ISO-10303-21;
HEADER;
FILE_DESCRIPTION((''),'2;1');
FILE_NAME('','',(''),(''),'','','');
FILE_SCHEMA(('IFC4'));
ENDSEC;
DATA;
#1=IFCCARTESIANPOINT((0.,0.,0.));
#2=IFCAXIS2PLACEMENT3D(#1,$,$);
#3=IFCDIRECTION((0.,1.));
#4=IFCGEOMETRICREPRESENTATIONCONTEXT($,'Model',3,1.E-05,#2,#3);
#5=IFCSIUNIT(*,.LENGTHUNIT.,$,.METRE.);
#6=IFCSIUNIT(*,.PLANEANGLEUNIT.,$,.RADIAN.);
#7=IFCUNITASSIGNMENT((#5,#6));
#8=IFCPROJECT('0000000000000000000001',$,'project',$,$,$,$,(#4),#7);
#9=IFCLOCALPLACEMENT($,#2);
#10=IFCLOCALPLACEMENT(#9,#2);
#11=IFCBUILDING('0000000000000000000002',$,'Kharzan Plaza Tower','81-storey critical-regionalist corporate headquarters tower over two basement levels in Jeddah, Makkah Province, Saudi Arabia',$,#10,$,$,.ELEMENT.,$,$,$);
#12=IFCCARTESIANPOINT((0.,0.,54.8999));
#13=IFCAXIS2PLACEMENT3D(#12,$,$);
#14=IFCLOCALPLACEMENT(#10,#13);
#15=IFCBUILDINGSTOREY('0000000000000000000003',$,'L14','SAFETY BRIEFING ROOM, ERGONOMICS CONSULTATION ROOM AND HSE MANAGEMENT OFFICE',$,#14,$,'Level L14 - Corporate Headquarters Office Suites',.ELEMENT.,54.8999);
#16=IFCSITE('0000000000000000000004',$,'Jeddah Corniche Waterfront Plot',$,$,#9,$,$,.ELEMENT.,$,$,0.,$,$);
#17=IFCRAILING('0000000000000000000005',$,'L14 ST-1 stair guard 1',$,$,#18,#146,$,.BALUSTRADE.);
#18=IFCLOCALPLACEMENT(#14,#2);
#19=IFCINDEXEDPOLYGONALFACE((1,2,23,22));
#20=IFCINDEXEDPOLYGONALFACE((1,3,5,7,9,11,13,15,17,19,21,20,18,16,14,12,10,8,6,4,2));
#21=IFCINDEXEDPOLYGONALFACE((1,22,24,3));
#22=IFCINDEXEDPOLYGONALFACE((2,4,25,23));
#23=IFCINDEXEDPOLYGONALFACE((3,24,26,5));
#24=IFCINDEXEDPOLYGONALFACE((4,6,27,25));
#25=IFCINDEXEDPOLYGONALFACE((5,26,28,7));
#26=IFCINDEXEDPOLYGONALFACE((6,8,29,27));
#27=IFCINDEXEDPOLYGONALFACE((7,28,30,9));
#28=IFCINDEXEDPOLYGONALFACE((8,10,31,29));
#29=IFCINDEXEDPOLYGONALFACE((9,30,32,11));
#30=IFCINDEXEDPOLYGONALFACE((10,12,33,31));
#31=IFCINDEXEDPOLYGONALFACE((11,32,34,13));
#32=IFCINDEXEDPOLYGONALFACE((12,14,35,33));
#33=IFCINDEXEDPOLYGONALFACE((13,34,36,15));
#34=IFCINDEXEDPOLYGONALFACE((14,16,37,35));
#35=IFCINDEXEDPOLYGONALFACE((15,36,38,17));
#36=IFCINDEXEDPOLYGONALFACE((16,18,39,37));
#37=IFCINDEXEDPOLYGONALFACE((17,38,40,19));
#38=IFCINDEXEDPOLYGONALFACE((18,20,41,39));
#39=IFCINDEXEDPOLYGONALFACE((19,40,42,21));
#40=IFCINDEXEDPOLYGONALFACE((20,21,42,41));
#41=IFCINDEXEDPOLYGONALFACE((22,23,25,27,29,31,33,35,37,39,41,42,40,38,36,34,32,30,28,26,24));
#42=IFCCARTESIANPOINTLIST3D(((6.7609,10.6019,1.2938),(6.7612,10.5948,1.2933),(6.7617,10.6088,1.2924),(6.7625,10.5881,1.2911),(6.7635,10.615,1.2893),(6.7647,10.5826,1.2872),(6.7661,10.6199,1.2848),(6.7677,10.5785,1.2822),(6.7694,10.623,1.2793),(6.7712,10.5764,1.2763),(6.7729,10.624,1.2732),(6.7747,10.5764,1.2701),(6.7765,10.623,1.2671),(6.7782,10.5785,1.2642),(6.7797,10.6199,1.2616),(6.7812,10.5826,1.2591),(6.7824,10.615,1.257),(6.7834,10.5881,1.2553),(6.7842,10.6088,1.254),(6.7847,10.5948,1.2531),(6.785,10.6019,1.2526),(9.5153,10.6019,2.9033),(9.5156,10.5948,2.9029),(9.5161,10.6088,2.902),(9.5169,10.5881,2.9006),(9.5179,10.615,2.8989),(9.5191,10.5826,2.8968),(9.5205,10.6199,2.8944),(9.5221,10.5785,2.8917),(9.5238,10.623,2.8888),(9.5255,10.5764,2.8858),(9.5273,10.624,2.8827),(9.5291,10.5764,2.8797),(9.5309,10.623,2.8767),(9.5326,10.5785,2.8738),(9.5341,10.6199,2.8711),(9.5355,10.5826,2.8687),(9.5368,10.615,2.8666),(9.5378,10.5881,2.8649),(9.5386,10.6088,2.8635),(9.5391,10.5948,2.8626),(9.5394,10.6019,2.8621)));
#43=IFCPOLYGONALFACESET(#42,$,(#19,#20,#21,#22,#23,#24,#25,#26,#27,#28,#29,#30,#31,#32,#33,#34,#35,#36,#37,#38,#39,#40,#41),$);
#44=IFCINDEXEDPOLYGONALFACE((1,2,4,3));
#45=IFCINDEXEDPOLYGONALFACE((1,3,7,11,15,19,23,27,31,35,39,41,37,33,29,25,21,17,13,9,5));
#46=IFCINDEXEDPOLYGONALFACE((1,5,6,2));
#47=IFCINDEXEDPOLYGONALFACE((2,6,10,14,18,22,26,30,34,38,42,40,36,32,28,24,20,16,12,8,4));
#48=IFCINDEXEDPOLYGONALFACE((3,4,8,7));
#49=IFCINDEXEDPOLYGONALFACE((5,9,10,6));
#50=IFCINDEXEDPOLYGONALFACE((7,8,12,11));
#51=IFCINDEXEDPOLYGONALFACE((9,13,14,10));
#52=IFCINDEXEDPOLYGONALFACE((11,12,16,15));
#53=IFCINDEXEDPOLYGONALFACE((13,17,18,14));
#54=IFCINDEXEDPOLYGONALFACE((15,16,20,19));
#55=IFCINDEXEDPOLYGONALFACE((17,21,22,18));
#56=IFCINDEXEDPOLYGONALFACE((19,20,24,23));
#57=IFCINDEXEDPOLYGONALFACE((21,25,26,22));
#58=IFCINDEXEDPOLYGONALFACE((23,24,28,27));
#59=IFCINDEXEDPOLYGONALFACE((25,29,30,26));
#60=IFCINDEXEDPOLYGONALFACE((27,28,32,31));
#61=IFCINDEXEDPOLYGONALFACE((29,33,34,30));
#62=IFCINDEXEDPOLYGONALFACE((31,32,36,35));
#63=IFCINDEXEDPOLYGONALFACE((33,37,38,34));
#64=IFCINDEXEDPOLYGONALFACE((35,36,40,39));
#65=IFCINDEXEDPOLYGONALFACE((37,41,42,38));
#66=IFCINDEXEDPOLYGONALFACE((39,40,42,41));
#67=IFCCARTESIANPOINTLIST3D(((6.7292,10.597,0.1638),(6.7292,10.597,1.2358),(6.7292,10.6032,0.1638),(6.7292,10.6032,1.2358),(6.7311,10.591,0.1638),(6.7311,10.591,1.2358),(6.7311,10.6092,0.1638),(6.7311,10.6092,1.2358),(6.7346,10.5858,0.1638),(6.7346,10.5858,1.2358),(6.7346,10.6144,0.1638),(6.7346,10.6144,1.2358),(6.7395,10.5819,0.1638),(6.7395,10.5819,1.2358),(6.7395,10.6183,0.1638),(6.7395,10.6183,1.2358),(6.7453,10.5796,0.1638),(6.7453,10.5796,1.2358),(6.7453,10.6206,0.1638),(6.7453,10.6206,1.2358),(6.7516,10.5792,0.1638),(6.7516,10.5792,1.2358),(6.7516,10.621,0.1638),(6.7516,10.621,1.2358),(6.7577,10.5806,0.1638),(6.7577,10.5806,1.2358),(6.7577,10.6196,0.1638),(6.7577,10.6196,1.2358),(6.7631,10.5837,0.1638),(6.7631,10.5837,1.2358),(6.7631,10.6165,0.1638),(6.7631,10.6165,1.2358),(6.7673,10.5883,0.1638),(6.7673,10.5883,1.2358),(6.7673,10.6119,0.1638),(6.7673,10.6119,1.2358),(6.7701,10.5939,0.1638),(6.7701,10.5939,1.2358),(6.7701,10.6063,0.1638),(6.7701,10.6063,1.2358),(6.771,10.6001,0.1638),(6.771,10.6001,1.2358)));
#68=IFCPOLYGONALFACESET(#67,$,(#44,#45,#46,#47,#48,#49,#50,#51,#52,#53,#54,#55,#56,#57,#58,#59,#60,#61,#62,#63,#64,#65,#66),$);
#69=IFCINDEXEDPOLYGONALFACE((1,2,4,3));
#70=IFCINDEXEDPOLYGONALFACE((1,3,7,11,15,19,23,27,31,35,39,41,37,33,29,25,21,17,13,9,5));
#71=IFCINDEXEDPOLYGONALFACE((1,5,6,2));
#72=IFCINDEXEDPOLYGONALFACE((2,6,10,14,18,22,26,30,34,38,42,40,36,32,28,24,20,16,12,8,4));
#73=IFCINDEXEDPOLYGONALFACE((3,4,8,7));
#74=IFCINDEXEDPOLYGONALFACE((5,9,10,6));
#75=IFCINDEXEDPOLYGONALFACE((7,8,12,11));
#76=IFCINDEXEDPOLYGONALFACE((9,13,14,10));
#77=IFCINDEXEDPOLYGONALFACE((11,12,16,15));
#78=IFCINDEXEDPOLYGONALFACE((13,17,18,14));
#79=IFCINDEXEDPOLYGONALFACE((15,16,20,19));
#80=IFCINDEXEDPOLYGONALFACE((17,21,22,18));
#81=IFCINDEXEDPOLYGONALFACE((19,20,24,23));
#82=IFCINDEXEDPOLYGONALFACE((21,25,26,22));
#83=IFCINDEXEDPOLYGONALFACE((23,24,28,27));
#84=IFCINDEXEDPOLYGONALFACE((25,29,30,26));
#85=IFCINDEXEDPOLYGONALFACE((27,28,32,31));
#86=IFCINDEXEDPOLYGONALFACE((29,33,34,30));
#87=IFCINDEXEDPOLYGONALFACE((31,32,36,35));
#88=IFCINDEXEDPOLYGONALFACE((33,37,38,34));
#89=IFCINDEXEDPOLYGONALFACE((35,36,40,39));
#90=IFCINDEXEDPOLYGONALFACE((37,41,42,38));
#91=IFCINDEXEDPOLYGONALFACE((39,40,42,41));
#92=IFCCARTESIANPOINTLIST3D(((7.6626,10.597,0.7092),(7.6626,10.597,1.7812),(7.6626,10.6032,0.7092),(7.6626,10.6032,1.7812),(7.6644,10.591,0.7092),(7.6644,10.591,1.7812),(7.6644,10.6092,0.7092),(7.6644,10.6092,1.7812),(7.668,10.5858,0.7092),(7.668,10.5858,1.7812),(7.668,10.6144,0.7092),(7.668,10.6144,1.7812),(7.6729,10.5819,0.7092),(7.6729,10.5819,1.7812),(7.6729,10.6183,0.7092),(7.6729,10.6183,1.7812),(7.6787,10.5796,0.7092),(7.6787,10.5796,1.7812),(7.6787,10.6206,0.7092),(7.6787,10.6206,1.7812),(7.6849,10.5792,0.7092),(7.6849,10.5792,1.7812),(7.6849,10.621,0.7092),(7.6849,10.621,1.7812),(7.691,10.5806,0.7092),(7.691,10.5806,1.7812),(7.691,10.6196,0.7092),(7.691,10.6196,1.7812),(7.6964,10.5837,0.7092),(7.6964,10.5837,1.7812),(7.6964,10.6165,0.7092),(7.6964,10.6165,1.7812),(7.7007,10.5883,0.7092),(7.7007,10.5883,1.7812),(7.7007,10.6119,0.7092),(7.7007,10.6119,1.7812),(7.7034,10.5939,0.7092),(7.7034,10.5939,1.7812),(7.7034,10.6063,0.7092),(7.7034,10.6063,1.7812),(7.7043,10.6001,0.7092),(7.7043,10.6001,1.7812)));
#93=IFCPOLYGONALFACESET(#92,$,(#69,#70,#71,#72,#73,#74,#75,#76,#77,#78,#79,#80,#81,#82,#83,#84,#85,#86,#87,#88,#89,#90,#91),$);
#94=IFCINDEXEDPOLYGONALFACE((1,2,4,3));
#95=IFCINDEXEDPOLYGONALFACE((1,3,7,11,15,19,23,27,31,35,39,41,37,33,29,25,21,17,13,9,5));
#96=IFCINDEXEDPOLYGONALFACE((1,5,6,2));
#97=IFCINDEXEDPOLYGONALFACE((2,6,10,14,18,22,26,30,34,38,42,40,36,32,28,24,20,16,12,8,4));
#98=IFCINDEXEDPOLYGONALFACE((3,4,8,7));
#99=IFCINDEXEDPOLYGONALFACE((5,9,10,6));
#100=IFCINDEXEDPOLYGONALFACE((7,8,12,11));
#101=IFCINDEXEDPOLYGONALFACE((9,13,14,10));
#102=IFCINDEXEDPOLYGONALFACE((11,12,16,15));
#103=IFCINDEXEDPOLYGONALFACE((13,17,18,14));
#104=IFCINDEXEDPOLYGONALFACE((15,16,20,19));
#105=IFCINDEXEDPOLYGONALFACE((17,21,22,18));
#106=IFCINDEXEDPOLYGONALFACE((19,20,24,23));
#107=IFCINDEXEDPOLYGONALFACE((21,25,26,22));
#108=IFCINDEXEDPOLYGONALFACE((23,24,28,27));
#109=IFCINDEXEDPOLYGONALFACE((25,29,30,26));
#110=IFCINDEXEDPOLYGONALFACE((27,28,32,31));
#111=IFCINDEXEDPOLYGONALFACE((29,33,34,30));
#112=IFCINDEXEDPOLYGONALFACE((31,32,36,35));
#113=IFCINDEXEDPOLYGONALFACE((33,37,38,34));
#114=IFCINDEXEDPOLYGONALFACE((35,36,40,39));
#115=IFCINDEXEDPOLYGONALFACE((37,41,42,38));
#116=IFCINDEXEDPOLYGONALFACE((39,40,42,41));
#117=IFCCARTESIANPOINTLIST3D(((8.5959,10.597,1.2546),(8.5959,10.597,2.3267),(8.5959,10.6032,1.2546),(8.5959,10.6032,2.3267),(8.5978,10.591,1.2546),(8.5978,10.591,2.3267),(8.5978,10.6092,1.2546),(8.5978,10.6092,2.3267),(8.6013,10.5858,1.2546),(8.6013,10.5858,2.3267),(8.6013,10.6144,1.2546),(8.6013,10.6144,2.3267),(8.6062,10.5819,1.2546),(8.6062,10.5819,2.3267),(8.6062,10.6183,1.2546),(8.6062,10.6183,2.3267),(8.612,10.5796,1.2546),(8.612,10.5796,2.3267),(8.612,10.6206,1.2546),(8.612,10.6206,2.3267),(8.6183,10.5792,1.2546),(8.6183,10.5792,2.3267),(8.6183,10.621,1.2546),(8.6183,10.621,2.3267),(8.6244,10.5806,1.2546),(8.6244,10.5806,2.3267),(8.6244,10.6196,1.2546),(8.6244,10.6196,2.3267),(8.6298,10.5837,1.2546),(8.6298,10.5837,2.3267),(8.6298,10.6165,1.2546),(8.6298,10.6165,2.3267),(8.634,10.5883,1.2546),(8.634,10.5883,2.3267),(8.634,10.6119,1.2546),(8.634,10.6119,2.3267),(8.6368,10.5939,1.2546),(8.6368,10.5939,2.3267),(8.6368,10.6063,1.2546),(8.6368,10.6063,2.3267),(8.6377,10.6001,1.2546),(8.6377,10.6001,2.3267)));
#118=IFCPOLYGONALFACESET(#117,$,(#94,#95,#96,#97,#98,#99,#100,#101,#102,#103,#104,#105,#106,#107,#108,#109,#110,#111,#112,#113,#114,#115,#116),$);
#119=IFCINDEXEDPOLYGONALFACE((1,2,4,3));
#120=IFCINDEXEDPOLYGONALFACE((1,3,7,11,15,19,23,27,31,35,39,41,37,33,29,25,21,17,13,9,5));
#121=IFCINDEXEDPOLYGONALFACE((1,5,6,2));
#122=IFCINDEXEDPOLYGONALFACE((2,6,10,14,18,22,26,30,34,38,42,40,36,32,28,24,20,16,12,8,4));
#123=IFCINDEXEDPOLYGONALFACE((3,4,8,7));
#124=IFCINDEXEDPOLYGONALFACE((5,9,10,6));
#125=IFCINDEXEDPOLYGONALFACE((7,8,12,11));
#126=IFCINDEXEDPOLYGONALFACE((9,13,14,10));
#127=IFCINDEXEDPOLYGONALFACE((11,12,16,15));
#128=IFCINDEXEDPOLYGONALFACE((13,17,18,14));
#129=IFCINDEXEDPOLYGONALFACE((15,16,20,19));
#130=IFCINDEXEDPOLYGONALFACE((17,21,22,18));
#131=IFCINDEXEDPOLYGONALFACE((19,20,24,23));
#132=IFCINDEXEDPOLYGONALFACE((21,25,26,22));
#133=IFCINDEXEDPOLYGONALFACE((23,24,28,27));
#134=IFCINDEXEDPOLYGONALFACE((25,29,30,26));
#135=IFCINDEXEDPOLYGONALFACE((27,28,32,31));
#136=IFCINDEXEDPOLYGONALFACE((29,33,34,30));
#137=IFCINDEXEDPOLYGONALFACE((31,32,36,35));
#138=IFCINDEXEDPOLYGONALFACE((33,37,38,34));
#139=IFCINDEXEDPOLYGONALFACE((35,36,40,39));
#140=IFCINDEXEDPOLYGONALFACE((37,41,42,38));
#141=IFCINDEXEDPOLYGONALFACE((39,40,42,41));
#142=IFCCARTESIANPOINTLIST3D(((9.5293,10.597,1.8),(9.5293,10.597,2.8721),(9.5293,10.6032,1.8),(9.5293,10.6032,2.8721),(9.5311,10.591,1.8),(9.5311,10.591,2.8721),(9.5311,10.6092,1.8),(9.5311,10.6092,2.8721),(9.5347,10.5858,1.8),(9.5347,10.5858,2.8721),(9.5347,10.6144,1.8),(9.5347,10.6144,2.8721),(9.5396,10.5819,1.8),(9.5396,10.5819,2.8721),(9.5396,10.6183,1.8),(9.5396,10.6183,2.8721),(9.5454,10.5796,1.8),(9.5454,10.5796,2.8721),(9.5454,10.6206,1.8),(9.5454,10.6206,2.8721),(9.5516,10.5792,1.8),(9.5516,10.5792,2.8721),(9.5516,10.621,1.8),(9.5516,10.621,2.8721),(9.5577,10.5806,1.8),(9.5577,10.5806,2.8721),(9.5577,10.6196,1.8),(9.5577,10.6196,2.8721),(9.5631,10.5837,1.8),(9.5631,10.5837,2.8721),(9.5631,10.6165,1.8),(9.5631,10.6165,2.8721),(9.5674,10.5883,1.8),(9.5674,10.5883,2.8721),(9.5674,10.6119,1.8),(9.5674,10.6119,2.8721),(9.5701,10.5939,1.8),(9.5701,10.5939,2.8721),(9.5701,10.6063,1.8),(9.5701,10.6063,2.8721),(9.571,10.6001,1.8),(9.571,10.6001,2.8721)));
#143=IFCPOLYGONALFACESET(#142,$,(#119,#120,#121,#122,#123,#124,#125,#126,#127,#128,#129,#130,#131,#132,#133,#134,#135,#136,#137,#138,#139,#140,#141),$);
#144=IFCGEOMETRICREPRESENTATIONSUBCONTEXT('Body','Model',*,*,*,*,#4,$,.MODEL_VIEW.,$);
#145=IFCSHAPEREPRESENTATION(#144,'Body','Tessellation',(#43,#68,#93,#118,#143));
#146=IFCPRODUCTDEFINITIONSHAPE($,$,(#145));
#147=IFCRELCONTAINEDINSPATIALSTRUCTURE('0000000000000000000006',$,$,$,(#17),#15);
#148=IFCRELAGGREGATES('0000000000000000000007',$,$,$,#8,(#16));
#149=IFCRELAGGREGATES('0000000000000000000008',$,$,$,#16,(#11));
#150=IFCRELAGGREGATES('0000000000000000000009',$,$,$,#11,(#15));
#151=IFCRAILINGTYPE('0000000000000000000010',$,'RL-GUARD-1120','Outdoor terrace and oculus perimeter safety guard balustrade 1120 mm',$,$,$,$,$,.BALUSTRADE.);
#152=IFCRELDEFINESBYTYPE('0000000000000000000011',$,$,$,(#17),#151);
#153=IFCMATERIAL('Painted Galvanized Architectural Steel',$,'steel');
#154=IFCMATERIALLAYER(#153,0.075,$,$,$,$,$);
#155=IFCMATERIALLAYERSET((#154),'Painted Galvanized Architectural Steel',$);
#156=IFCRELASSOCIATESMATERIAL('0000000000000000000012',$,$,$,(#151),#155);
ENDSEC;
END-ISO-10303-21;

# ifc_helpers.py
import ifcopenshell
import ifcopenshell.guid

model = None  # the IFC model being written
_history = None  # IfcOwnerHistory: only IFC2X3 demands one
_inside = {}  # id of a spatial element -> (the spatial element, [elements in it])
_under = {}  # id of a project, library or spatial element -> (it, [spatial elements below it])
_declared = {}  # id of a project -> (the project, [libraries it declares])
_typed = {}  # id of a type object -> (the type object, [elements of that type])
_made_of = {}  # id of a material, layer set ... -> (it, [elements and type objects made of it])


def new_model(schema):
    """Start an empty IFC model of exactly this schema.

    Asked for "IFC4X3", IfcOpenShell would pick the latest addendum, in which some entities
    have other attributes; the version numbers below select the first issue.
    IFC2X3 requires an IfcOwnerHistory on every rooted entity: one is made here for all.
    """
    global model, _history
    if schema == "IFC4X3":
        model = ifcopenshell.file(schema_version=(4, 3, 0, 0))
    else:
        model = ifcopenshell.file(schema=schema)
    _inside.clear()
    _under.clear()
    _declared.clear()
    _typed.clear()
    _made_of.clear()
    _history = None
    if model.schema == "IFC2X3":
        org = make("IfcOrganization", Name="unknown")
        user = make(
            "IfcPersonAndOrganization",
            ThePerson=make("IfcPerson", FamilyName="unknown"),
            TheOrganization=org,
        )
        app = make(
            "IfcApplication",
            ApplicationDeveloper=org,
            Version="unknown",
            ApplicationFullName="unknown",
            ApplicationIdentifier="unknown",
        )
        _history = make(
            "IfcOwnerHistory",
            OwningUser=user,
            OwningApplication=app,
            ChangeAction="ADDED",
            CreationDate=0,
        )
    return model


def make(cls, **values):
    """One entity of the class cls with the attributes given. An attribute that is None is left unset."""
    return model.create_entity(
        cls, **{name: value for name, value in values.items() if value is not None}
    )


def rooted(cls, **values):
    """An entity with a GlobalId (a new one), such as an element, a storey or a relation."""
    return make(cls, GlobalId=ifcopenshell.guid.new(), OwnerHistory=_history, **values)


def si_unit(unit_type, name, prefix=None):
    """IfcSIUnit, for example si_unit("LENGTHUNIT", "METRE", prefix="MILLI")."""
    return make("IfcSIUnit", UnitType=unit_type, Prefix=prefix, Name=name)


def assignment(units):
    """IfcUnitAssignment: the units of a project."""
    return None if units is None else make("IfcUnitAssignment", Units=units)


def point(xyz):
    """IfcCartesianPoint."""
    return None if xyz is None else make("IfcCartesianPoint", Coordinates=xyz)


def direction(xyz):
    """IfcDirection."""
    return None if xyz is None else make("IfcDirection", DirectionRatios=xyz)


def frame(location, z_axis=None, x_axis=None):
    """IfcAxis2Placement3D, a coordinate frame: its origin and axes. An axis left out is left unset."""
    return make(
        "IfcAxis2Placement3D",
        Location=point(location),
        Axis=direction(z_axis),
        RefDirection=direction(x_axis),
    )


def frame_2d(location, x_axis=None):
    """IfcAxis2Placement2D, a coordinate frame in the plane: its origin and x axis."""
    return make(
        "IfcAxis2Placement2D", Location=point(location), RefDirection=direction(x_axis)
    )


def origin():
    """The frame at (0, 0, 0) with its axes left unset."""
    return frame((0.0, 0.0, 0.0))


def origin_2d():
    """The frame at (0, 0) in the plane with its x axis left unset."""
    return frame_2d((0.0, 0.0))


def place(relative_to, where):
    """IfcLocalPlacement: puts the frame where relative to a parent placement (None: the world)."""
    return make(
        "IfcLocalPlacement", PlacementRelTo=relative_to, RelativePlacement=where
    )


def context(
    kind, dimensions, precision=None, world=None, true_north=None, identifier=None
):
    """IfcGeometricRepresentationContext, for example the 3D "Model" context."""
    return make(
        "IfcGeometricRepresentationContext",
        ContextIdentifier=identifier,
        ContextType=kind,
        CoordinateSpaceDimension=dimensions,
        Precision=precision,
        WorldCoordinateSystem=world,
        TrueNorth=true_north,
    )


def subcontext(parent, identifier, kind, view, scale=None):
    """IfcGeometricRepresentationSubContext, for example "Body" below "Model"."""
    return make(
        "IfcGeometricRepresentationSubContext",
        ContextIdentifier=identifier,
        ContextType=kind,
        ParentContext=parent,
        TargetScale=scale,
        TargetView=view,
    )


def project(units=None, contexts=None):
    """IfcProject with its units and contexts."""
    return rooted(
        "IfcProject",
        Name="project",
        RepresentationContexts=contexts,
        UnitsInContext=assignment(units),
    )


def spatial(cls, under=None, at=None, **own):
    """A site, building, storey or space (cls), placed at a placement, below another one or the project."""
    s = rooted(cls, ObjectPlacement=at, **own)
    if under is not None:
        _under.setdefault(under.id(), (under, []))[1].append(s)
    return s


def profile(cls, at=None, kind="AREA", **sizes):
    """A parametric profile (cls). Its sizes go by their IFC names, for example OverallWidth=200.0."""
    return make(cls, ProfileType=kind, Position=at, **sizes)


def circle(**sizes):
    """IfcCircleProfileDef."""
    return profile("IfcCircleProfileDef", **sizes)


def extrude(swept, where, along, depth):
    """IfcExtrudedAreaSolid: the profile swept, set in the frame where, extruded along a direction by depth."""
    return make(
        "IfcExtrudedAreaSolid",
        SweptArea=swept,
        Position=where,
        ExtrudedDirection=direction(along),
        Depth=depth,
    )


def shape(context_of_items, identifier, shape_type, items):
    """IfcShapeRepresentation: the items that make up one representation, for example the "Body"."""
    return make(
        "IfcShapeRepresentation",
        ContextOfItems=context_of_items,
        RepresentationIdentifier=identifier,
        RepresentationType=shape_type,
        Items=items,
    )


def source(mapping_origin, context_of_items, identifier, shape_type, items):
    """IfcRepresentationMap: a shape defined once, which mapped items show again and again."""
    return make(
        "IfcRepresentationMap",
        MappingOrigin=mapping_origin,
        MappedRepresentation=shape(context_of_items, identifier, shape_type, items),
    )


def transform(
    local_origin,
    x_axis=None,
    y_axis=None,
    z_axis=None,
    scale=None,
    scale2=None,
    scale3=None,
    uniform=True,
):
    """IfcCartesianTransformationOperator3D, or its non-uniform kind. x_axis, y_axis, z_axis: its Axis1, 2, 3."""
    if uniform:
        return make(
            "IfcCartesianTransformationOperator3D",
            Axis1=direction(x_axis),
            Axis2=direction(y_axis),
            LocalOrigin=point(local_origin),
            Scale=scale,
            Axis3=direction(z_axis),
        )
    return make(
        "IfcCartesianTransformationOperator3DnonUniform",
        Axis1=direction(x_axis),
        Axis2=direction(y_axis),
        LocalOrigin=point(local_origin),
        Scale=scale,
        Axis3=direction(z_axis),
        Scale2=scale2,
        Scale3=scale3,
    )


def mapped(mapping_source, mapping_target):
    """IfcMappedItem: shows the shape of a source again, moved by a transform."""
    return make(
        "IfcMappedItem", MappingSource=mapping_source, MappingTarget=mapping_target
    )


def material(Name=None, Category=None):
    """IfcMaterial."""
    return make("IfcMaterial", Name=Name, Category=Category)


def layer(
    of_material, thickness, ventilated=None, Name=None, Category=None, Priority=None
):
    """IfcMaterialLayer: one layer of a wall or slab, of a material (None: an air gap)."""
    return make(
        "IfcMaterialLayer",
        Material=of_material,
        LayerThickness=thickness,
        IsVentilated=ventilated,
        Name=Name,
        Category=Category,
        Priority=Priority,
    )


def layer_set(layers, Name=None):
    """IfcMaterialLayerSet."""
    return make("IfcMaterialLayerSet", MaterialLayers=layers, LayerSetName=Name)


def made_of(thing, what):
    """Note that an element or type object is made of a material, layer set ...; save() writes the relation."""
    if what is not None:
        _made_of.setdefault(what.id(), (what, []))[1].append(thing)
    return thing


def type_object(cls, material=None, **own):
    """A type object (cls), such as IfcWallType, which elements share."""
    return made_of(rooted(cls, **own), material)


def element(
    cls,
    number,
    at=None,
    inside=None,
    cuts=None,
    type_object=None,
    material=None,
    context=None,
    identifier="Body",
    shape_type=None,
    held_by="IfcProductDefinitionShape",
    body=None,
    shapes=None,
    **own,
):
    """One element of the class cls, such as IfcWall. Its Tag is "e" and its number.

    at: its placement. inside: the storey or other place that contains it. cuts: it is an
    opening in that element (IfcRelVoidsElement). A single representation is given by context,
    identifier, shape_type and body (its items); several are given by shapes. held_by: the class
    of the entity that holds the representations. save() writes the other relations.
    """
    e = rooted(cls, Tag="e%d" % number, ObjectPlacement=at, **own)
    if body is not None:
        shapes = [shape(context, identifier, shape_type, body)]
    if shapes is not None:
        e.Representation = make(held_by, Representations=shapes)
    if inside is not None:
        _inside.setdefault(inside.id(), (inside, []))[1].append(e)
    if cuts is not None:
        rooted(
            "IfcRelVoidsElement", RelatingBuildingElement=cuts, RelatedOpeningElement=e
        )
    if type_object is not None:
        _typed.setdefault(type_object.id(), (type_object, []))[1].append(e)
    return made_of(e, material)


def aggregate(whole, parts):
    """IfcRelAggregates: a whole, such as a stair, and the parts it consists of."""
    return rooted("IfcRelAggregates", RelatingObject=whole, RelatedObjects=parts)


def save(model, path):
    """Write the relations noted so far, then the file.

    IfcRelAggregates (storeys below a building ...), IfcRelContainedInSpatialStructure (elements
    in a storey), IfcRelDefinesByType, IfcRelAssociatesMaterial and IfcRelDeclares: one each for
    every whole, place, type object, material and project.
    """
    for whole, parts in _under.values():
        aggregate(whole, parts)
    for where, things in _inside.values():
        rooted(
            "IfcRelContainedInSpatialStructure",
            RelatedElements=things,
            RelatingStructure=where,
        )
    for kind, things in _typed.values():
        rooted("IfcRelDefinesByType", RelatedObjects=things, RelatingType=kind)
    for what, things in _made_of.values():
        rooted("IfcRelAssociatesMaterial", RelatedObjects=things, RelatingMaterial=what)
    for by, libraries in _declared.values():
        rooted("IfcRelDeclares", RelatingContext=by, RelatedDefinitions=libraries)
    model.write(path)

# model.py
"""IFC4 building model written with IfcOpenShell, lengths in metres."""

from ifc_helpers import new_model, si_unit, direction, frame, origin, origin_2d, place, context, subcontext, project, spatial, circle, extrude, source, transform, mapped, material, layer, layer_set, type_object, element, save


model = new_model("IFC4")

# Units and contexts
model_context = context("Model", 3, precision=1e-05, world=origin(), true_north=direction((0.0, 1.0)))
body_context = subcontext(model_context, "Body", "Model", "MODEL_VIEW")
ifc_project = project(units=[si_unit("LENGTHUNIT", "METRE"), si_unit("PLANEANGLEUNIT", "RADIAN")], contexts=[model_context])

# Site, building, storey
site_placement = place(None, origin())
site = spatial("IfcSite", under=ifc_project, at=site_placement, Name="Jeddah Corniche Waterfront Plot", CompositionType="ELEMENT", RefElevation=0.0)
building_placement = place(site_placement, origin())
building = spatial("IfcBuilding", under=site, at=building_placement, Name="Kharzan Plaza Tower", Description="81-storey critical-regionalist corporate headquarters tower over two basement levels in Jeddah, Makkah Province, Saudi Arabia", CompositionType="ELEMENT")
storey_placement = place(building_placement, frame((0.0, 0.0, 54.8999)))
storey = spatial("IfcBuildingStorey", under=building, at=storey_placement, Name="L14", Description="SAFETY BRIEFING ROOM, ERGONOMICS CONSULTATION ROOM AND HSE MANAGEMENT OFFICE", LongName="Level L14 - Corporate Headquarters Office Suites", CompositionType="ELEMENT", Elevation=54.8999)

# Railing
ifc_material_1 = material(Name="Painted Galvanized Architectural Steel", Category="steel")
ifc_layer_1 = layer(ifc_material_1, 0.075)
ifc_layer_set_1 = layer_set([ifc_layer_1], Name="Painted Galvanized Architectural Steel")
railing_type_1 = type_object("IfcRailingType", Name="RL-GUARD-1120", Description="Outdoor terrace and oculus perimeter safety guard balustrade 1120 mm", PredefinedType="BALUSTRADE", material=ifc_layer_set_1)
shared_shape_1 = source(origin(), body_context, "Body", "SweptSolid", [
    extrude(circle(Radius=0.0239, at=origin_2d()), frame((0.0229, 0.0, 1.1094), z_axis=(0.863394, 0.0, 0.504531), x_axis=(0.0, 1.0, 0.0)), (0.0, 0.0, 1.0), 3.1902),
    extrude(circle(Radius=0.021, at=origin_2d()), origin(), (0.0, 0.0, 1.0), 1.072),
    extrude(circle(Radius=0.021, at=origin_2d()), frame((0.9333, 0.0, 0.5454)), (0.0, 0.0, 1.0), 1.072),
    extrude(circle(Radius=0.021, at=origin_2d()), frame((1.8667, 0.0, 1.0908)), (0.0, 0.0, 1.0), 1.072),
    extrude(circle(Radius=0.021, at=origin_2d()), frame((2.8, 0.0, 1.6362)), (0.0, 0.0, 1.0), 1.072),
])
railing_1_placement = place(storey_placement, frame((6.75, 10.6001, 0.1638)))
element("IfcRailing", 1, at=railing_1_placement, inside=storey, type_object=railing_type_1, Name="L14 ST-1 stair guard 1", PredefinedType="BALUSTRADE", context=body_context, shape_type="MappedRepresentation", body=[
    mapped(shared_shape_1, transform((0.0, 0.0, 0.0), x_axis=(1.0, 0.0, 0.0), y_axis=(0.0, 1.0, 0.0), z_axis=(0.0, 0.0, 1.0))),
])

save(model, "model.ifc")
